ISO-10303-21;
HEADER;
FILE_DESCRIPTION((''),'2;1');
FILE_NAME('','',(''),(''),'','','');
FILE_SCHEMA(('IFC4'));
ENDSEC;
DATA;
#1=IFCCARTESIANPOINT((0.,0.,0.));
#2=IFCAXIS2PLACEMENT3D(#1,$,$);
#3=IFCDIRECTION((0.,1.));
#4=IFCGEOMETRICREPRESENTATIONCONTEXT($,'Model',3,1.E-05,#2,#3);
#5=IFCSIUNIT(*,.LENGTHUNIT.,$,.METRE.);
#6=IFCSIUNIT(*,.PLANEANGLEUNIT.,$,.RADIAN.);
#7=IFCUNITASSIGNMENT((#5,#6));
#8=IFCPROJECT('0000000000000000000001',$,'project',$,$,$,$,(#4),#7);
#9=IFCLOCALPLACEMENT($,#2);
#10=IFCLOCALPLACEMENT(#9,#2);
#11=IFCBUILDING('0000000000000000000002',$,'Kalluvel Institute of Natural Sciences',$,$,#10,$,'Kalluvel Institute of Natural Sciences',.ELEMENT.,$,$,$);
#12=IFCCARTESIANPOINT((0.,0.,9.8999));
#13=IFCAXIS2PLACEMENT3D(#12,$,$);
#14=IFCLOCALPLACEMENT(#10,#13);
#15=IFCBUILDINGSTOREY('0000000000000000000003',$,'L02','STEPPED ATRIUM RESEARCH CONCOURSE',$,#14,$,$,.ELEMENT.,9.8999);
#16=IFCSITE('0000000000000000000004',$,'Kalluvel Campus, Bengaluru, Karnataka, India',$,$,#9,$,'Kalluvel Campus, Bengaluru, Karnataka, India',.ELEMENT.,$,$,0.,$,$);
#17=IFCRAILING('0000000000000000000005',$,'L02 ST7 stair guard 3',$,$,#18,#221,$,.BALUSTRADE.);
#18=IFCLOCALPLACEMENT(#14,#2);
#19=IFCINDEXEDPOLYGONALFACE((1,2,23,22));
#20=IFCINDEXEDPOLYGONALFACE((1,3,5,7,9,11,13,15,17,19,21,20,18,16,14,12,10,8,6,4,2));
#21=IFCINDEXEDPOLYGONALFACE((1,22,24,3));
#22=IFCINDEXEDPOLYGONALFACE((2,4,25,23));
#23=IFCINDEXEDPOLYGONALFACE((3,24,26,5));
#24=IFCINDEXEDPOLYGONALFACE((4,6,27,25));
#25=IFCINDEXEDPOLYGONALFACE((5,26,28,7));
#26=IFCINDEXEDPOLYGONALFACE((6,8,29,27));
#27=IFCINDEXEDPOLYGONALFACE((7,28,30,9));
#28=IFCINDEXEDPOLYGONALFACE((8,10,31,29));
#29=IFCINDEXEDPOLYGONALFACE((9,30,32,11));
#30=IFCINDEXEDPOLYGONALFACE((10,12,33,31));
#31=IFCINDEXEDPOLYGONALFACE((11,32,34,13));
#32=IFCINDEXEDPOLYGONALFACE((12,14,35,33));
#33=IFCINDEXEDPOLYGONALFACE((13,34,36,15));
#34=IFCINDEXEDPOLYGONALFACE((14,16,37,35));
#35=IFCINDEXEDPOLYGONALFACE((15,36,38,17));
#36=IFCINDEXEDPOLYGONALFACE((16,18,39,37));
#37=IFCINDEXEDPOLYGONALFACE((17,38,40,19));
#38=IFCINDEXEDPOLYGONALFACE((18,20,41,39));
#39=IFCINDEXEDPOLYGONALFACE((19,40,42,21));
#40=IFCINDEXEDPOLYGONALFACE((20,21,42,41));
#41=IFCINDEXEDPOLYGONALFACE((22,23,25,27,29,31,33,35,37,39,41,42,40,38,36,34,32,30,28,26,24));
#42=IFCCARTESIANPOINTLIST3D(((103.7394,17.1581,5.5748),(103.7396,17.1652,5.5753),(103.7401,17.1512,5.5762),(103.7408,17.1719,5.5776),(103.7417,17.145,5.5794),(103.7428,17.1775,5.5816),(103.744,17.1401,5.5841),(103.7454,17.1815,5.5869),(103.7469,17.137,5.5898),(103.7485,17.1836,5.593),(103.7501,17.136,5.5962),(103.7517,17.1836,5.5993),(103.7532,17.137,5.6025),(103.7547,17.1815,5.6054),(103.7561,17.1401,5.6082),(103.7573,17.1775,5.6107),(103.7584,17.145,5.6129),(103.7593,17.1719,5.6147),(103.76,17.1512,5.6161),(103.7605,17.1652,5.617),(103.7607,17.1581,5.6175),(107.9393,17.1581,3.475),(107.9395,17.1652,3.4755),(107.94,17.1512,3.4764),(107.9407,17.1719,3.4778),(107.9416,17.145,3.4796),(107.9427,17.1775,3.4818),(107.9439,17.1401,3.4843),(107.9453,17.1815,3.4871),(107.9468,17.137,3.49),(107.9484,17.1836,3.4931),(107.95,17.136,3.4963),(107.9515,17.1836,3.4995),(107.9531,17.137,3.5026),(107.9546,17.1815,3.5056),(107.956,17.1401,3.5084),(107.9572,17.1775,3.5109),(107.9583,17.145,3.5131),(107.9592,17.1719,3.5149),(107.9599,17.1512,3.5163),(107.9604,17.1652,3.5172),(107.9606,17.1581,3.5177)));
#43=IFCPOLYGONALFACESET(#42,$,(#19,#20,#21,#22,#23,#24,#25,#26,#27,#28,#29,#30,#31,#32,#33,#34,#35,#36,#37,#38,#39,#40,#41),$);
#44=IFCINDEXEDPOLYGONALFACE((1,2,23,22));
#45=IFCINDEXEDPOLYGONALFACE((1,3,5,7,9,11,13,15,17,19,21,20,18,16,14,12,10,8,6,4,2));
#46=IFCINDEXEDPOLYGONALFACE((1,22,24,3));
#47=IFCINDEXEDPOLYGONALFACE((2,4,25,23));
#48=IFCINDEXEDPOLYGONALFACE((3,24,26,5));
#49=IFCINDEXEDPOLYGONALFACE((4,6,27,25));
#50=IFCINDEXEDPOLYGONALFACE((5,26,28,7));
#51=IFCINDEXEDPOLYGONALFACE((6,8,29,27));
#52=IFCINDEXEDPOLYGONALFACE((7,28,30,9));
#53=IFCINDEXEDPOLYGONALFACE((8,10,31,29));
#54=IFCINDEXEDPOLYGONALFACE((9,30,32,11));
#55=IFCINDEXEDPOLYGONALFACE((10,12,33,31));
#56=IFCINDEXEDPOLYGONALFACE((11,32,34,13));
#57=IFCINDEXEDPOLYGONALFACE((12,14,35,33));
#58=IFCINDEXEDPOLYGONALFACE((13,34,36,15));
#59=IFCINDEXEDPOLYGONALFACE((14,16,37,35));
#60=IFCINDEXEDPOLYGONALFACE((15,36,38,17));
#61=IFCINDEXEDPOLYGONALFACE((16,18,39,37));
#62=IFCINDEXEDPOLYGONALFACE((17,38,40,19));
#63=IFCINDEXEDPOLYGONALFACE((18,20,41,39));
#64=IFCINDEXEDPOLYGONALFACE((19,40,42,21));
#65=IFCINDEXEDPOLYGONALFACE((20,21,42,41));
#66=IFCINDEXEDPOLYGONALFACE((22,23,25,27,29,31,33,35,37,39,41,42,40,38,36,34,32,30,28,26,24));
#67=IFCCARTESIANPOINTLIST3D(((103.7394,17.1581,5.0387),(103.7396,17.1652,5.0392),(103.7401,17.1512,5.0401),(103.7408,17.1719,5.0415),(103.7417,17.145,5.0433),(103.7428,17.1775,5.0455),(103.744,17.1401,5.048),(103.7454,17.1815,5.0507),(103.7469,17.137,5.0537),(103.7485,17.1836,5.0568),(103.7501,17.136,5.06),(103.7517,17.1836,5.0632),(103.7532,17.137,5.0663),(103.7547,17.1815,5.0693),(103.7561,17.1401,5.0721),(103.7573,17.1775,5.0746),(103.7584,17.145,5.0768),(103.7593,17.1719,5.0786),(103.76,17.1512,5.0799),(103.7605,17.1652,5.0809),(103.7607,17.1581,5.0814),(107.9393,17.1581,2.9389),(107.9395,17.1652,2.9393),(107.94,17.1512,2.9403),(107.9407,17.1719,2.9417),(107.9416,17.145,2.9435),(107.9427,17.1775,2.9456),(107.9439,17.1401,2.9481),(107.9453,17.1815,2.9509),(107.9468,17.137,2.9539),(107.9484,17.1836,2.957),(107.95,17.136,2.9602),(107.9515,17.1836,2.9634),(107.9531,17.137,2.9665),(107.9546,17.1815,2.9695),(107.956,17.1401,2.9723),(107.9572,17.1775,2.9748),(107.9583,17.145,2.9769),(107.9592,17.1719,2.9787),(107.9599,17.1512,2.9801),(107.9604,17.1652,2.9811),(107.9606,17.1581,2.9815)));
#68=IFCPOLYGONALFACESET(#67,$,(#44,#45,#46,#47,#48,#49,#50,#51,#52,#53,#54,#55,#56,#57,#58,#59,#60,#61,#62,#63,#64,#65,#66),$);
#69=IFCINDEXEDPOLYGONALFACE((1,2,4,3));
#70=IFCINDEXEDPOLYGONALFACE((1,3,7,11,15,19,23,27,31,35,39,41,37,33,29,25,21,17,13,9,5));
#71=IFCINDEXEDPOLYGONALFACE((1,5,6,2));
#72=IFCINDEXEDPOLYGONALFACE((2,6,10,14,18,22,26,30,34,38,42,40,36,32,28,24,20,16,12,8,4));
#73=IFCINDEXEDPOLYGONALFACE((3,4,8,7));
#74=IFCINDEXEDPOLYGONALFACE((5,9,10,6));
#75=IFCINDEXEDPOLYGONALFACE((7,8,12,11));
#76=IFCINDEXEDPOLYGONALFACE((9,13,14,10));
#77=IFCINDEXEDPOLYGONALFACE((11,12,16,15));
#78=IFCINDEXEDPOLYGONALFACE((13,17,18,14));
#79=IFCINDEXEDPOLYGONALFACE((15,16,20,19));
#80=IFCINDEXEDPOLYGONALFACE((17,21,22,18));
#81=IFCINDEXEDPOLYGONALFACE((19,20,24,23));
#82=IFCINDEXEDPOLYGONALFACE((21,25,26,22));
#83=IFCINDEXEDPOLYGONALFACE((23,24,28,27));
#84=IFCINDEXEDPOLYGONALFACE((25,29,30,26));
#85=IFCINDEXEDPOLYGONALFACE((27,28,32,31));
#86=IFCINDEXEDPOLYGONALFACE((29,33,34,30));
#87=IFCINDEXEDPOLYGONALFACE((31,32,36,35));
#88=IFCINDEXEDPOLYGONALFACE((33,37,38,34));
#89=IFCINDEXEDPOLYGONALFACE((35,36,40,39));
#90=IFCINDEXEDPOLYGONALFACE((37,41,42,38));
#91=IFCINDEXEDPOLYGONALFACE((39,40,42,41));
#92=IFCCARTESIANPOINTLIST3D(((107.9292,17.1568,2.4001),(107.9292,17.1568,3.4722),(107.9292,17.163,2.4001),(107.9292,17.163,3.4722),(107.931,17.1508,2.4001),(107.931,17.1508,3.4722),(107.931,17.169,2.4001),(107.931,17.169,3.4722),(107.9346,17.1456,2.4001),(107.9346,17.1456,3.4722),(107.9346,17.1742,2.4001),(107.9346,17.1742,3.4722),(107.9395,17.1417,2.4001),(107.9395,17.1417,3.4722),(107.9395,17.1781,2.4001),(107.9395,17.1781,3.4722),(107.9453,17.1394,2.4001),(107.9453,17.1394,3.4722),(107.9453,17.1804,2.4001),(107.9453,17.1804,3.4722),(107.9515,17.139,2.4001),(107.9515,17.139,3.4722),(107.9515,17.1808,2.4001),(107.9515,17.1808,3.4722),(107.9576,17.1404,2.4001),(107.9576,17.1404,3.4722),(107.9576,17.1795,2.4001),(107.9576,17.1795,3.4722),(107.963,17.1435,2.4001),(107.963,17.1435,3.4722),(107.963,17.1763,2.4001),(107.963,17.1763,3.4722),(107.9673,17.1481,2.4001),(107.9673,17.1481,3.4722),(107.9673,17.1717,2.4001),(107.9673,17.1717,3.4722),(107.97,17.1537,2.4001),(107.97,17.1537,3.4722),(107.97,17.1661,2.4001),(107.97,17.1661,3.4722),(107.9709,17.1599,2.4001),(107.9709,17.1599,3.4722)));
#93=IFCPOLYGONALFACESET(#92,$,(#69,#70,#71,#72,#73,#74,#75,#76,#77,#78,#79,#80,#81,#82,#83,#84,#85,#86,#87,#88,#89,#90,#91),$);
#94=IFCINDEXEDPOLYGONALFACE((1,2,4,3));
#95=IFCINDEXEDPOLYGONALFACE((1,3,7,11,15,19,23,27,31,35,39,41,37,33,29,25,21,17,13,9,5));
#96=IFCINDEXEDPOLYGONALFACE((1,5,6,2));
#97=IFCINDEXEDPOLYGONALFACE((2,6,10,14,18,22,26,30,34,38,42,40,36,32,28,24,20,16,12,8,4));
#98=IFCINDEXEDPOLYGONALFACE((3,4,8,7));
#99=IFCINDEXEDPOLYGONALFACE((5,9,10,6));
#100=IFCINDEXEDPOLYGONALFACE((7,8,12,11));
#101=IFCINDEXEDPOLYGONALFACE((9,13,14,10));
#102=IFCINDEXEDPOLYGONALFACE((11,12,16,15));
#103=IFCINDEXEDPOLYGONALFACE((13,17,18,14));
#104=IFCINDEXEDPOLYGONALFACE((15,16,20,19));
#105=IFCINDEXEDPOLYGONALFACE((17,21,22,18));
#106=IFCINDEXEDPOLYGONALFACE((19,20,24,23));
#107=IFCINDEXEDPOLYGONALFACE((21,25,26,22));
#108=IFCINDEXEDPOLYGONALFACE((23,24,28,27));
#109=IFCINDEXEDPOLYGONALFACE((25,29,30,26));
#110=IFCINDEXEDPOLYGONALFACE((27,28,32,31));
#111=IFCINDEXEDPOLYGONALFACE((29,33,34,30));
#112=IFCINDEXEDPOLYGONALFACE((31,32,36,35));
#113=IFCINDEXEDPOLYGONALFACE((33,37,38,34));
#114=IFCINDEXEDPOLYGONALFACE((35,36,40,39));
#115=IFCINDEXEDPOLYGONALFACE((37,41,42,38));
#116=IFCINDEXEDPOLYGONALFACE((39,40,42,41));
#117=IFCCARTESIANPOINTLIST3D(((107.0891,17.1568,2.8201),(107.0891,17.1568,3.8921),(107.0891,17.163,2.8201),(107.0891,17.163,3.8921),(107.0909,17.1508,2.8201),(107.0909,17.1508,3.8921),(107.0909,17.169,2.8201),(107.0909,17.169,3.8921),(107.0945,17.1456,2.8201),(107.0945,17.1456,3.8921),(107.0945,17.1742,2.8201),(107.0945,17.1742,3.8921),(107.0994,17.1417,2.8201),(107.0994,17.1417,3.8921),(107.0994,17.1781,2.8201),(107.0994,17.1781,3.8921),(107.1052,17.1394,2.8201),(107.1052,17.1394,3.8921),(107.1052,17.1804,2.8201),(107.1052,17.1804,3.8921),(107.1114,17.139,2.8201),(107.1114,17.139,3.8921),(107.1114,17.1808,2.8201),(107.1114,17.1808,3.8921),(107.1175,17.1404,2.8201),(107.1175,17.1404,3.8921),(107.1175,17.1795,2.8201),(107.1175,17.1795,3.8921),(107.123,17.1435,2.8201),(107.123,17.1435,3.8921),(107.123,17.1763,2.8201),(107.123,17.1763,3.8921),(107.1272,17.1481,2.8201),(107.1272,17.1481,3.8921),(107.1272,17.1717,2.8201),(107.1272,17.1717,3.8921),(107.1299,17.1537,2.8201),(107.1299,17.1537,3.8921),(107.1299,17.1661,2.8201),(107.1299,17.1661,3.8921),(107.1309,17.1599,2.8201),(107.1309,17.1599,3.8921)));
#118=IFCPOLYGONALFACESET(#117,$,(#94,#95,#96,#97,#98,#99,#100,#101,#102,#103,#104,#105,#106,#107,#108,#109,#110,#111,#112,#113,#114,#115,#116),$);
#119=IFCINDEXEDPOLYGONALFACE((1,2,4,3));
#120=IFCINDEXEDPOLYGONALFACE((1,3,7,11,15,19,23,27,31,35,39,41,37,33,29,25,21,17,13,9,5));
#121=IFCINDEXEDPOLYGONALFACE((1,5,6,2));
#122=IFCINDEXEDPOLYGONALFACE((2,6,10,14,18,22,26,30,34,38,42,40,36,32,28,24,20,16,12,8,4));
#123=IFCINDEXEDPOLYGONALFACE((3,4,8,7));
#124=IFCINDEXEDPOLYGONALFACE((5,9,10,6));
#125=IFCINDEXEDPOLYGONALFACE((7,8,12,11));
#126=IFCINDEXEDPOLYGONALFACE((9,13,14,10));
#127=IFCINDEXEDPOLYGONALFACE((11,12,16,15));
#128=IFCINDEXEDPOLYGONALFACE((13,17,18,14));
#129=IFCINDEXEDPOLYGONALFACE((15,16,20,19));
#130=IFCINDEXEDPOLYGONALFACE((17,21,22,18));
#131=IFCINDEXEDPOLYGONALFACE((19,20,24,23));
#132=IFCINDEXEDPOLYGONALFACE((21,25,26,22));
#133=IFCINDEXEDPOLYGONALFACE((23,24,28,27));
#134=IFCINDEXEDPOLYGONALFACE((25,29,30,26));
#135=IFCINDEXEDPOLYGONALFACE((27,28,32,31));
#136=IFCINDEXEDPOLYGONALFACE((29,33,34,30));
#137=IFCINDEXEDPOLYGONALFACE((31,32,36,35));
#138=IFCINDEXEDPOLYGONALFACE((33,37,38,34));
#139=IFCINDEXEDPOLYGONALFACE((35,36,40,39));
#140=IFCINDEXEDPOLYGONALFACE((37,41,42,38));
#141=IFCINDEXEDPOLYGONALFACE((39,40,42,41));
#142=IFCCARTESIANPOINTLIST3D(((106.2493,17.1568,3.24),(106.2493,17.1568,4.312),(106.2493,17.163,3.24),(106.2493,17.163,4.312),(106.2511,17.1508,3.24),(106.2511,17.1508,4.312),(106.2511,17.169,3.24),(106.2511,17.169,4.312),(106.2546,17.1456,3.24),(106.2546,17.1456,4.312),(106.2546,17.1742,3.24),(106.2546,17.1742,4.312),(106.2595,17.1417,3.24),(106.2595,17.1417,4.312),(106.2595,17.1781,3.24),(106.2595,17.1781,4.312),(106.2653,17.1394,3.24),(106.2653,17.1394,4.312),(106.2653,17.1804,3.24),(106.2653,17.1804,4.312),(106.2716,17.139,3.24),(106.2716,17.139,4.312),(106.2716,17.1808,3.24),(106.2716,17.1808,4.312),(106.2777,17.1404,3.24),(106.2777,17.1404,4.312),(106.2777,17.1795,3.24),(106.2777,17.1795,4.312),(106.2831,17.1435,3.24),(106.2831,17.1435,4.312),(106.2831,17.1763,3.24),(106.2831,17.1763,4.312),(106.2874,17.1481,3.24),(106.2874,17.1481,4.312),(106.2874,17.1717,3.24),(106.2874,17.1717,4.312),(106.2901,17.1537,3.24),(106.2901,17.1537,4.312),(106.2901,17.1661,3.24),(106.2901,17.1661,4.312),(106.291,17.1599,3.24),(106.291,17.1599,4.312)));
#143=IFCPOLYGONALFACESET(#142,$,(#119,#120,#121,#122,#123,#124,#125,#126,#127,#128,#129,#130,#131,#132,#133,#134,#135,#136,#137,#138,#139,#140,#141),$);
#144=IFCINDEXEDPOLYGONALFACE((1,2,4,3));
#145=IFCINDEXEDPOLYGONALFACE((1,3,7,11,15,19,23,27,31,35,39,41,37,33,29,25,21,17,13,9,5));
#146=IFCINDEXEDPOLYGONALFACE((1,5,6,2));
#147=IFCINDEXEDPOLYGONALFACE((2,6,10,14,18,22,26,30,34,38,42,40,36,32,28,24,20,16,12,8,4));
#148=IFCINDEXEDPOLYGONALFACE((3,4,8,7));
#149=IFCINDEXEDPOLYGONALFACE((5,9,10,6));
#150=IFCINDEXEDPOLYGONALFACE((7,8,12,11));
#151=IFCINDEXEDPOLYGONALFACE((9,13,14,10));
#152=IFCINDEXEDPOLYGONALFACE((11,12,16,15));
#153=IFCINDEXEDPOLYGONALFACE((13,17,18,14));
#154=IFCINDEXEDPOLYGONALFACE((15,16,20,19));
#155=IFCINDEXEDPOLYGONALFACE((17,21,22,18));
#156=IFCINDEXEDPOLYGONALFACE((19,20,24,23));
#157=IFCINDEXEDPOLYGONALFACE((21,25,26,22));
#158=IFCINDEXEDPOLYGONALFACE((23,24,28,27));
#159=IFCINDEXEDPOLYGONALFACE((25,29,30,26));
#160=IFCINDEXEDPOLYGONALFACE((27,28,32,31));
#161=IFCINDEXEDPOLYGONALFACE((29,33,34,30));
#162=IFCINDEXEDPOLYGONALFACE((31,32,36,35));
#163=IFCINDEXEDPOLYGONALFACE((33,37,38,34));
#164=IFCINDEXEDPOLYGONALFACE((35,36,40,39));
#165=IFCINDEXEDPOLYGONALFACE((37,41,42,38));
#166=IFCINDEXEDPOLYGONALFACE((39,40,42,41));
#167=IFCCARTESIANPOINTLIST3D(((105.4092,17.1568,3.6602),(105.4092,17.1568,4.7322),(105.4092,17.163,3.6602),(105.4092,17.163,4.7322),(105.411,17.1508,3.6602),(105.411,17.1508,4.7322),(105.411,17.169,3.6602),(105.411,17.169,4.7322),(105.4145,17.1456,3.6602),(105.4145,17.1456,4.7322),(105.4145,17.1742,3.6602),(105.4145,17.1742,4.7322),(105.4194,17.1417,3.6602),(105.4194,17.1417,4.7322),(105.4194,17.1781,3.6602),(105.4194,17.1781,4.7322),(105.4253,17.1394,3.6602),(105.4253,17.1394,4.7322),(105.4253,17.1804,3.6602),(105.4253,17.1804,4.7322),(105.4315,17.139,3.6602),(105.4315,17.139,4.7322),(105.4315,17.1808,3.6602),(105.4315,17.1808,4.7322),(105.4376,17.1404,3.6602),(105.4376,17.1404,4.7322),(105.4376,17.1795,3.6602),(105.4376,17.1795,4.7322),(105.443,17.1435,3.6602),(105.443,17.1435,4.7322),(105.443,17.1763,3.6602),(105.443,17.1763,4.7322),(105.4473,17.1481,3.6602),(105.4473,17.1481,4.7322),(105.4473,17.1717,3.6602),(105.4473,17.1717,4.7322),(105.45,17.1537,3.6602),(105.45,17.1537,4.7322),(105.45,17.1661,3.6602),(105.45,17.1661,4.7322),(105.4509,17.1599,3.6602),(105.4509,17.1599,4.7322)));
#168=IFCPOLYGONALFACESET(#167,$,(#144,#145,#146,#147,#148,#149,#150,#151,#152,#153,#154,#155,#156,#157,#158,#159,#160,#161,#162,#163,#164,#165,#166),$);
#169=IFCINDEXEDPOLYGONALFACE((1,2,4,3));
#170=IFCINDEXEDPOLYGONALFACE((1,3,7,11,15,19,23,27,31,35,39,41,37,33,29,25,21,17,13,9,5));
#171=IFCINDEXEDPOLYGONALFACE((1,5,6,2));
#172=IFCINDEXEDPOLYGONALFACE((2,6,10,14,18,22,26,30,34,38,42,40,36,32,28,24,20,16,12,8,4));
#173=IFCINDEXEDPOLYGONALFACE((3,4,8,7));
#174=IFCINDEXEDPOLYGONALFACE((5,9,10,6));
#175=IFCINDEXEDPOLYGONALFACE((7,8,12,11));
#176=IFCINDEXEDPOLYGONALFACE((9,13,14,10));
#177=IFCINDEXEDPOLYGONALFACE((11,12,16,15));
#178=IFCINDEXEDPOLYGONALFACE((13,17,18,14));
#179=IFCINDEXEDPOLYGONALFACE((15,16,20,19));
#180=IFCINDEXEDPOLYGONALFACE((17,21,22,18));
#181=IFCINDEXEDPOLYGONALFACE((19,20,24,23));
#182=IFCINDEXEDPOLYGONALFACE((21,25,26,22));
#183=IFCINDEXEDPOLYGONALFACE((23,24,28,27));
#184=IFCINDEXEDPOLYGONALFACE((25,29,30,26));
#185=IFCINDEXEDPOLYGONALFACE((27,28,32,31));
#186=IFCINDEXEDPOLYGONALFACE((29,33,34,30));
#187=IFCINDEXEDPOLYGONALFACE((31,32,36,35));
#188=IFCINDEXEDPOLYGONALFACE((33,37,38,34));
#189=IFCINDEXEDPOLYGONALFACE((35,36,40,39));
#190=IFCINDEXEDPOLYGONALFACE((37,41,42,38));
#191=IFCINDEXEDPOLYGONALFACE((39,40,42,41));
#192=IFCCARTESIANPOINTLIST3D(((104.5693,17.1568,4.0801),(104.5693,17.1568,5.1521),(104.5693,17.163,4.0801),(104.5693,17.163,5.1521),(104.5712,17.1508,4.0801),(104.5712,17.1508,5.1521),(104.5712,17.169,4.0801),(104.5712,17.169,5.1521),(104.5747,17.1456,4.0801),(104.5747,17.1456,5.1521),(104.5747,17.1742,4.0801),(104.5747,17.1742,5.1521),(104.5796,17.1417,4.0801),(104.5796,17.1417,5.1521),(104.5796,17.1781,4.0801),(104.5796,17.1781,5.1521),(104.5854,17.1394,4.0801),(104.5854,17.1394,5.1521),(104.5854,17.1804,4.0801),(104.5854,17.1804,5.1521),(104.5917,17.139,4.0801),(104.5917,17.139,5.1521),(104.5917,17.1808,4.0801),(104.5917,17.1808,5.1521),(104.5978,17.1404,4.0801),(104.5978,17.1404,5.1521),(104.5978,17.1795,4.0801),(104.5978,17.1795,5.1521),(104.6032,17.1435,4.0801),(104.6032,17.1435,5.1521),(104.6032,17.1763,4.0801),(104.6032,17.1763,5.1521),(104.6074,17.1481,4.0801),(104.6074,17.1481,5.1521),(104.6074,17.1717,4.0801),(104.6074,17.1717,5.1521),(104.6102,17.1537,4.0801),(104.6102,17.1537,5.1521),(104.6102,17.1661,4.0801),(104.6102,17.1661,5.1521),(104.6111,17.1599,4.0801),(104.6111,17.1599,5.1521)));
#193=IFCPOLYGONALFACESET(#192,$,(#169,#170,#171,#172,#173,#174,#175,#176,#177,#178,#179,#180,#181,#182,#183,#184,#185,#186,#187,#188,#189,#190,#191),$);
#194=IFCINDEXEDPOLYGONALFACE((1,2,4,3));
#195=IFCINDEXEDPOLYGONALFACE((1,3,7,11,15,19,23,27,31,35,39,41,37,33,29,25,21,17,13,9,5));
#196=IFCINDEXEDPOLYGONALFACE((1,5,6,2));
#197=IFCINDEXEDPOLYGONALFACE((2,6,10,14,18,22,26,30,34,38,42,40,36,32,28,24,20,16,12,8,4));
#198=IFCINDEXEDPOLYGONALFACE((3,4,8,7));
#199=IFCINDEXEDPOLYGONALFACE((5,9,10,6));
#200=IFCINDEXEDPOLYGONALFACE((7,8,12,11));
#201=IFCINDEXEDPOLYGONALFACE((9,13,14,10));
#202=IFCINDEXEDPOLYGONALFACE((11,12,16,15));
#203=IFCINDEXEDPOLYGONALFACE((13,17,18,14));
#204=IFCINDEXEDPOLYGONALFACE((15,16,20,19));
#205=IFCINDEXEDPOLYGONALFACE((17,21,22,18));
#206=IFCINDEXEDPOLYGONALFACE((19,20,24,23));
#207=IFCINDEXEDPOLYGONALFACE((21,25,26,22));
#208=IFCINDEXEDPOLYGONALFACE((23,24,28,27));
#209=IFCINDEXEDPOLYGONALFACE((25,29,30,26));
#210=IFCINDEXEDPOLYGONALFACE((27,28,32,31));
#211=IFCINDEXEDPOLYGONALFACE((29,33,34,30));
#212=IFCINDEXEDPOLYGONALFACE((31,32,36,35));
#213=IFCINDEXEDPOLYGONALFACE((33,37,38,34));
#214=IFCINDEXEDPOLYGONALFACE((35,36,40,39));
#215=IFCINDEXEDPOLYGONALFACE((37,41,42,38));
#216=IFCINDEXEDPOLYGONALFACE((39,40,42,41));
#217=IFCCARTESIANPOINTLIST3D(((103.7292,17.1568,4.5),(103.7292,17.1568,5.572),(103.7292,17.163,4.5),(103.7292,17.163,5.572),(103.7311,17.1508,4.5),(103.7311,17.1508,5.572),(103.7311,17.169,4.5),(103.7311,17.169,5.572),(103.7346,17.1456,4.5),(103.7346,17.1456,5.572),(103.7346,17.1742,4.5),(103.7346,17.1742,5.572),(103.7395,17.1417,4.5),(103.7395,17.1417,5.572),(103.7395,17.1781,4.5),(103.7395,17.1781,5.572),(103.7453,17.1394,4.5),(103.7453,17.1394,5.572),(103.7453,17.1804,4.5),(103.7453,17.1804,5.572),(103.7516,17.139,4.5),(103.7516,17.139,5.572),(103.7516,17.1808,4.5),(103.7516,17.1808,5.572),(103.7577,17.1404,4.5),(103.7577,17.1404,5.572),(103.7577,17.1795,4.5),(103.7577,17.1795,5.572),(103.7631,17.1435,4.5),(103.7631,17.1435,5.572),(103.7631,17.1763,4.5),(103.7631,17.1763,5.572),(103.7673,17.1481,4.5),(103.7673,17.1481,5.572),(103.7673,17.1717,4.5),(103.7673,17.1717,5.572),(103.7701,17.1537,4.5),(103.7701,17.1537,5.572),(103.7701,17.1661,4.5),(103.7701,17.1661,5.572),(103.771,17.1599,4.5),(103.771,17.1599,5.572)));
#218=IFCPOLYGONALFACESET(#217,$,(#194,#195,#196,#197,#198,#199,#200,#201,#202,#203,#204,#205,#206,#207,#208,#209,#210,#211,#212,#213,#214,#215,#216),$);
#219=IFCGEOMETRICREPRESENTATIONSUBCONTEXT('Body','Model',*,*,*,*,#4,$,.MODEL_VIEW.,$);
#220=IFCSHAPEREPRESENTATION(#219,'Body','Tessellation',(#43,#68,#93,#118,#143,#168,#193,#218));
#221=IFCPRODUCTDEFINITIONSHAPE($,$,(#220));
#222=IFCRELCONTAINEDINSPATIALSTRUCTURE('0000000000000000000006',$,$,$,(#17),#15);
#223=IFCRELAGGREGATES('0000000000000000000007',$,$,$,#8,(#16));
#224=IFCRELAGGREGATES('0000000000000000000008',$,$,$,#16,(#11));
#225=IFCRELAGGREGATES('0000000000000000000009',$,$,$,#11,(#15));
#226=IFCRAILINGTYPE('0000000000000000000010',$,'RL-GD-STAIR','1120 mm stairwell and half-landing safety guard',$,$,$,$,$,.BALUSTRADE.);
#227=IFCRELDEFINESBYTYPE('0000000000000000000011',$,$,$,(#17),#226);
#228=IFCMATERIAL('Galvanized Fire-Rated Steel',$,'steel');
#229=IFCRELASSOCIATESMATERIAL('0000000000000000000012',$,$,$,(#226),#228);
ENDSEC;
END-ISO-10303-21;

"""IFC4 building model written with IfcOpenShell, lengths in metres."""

from ifc_helpers import new_model, si_unit, direction, frame, origin, origin_2d, place, context, subcontext, project, spatial, circle, extrude, material, type_object, element, save


model = new_model("IFC4")

# Units and contexts
model_context = context("Model", 3, precision=1e-05, world=origin(), true_north=direction((0.0, 1.0)))
body_context = subcontext(model_context, "Body", "Model", "MODEL_VIEW")
ifc_project = project(units=[si_unit("LENGTHUNIT", "METRE"), si_unit("PLANEANGLEUNIT", "RADIAN")], contexts=[model_context])

# Site, building, storey
site_placement = place(None, origin())
site = spatial("IfcSite", under=ifc_project, at=site_placement, Name="Kalluvel Campus, Bengaluru, Karnataka, India", LongName="Kalluvel Campus, Bengaluru, Karnataka, India", CompositionType="ELEMENT", RefElevation=0.0)
building_placement = place(site_placement, origin())
building = spatial("IfcBuilding", under=site, at=building_placement, Name="Kalluvel Institute of Natural Sciences", LongName="Kalluvel Institute of Natural Sciences", CompositionType="ELEMENT")
storey_placement = place(building_placement, frame((0.0, 0.0, 9.8999)))
storey = spatial("IfcBuildingStorey", under=building, at=storey_placement, Name="L02", Description="STEPPED ATRIUM RESEARCH CONCOURSE", CompositionType="ELEMENT", Elevation=9.8999)

# Shared definitions
ifc_material_1 = material(Name="Galvanized Fire-Rated Steel", Category="steel")

# Railing
railing_type_1 = type_object("IfcRailingType", Name="RL-GD-STAIR", Description="1120 mm stairwell and half-landing safety guard", PredefinedType="BALUSTRADE", material=ifc_material_1)
railing_1_placement = place(storey_placement, frame((107.95, 17.1599, 2.4001)))
element("IfcRailing", 1, at=railing_1_placement, inside=storey, type_object=railing_type_1, Name="L02 ST7 stair guard 3", PredefinedType="BALUSTRADE", context=body_context, shape_type="SweptSolid", body=[
    extrude(circle(Radius=0.0239, at=origin_2d()), frame((0.0, 0.0, 1.0962), z_axis=(-0.894438, 0.0, 0.447193), x_axis=(0.0, -1.0, 0.0)), (0.0, 0.0, 1.0), 4.6956),
    extrude(circle(Radius=0.0239, at=origin_2d()), frame((0.0, 0.0, 0.5601), z_axis=(-0.894438, 0.0, 0.447193), x_axis=(0.0, -1.0, 0.0)), (0.0, 0.0, 1.0), 4.6956),
    extrude(circle(Radius=0.021, at=origin_2d()), origin(), (0.0, 0.0, 1.0), 1.072),
    extrude(circle(Radius=0.021, at=origin_2d()), frame((-0.8401, 0.0, 0.4199)), (0.0, 0.0, 1.0), 1.072),
    extrude(circle(Radius=0.021, at=origin_2d()), frame((-1.6799, 0.0, 0.8398)), (0.0, 0.0, 1.0), 1.072),
    extrude(circle(Radius=0.021, at=origin_2d()), frame((-2.52, 0.0, 1.26)), (0.0, 0.0, 1.0), 1.072),
    extrude(circle(Radius=0.021, at=origin_2d()), frame((-3.3599, 0.0, 1.6799)), (0.0, 0.0, 1.0), 1.072),
    extrude(circle(Radius=0.021, at=origin_2d()), frame((-4.2, 0.0, 2.0999)), (0.0, 0.0, 1.0), 1.072),
])

save(model, "model.ifc")
